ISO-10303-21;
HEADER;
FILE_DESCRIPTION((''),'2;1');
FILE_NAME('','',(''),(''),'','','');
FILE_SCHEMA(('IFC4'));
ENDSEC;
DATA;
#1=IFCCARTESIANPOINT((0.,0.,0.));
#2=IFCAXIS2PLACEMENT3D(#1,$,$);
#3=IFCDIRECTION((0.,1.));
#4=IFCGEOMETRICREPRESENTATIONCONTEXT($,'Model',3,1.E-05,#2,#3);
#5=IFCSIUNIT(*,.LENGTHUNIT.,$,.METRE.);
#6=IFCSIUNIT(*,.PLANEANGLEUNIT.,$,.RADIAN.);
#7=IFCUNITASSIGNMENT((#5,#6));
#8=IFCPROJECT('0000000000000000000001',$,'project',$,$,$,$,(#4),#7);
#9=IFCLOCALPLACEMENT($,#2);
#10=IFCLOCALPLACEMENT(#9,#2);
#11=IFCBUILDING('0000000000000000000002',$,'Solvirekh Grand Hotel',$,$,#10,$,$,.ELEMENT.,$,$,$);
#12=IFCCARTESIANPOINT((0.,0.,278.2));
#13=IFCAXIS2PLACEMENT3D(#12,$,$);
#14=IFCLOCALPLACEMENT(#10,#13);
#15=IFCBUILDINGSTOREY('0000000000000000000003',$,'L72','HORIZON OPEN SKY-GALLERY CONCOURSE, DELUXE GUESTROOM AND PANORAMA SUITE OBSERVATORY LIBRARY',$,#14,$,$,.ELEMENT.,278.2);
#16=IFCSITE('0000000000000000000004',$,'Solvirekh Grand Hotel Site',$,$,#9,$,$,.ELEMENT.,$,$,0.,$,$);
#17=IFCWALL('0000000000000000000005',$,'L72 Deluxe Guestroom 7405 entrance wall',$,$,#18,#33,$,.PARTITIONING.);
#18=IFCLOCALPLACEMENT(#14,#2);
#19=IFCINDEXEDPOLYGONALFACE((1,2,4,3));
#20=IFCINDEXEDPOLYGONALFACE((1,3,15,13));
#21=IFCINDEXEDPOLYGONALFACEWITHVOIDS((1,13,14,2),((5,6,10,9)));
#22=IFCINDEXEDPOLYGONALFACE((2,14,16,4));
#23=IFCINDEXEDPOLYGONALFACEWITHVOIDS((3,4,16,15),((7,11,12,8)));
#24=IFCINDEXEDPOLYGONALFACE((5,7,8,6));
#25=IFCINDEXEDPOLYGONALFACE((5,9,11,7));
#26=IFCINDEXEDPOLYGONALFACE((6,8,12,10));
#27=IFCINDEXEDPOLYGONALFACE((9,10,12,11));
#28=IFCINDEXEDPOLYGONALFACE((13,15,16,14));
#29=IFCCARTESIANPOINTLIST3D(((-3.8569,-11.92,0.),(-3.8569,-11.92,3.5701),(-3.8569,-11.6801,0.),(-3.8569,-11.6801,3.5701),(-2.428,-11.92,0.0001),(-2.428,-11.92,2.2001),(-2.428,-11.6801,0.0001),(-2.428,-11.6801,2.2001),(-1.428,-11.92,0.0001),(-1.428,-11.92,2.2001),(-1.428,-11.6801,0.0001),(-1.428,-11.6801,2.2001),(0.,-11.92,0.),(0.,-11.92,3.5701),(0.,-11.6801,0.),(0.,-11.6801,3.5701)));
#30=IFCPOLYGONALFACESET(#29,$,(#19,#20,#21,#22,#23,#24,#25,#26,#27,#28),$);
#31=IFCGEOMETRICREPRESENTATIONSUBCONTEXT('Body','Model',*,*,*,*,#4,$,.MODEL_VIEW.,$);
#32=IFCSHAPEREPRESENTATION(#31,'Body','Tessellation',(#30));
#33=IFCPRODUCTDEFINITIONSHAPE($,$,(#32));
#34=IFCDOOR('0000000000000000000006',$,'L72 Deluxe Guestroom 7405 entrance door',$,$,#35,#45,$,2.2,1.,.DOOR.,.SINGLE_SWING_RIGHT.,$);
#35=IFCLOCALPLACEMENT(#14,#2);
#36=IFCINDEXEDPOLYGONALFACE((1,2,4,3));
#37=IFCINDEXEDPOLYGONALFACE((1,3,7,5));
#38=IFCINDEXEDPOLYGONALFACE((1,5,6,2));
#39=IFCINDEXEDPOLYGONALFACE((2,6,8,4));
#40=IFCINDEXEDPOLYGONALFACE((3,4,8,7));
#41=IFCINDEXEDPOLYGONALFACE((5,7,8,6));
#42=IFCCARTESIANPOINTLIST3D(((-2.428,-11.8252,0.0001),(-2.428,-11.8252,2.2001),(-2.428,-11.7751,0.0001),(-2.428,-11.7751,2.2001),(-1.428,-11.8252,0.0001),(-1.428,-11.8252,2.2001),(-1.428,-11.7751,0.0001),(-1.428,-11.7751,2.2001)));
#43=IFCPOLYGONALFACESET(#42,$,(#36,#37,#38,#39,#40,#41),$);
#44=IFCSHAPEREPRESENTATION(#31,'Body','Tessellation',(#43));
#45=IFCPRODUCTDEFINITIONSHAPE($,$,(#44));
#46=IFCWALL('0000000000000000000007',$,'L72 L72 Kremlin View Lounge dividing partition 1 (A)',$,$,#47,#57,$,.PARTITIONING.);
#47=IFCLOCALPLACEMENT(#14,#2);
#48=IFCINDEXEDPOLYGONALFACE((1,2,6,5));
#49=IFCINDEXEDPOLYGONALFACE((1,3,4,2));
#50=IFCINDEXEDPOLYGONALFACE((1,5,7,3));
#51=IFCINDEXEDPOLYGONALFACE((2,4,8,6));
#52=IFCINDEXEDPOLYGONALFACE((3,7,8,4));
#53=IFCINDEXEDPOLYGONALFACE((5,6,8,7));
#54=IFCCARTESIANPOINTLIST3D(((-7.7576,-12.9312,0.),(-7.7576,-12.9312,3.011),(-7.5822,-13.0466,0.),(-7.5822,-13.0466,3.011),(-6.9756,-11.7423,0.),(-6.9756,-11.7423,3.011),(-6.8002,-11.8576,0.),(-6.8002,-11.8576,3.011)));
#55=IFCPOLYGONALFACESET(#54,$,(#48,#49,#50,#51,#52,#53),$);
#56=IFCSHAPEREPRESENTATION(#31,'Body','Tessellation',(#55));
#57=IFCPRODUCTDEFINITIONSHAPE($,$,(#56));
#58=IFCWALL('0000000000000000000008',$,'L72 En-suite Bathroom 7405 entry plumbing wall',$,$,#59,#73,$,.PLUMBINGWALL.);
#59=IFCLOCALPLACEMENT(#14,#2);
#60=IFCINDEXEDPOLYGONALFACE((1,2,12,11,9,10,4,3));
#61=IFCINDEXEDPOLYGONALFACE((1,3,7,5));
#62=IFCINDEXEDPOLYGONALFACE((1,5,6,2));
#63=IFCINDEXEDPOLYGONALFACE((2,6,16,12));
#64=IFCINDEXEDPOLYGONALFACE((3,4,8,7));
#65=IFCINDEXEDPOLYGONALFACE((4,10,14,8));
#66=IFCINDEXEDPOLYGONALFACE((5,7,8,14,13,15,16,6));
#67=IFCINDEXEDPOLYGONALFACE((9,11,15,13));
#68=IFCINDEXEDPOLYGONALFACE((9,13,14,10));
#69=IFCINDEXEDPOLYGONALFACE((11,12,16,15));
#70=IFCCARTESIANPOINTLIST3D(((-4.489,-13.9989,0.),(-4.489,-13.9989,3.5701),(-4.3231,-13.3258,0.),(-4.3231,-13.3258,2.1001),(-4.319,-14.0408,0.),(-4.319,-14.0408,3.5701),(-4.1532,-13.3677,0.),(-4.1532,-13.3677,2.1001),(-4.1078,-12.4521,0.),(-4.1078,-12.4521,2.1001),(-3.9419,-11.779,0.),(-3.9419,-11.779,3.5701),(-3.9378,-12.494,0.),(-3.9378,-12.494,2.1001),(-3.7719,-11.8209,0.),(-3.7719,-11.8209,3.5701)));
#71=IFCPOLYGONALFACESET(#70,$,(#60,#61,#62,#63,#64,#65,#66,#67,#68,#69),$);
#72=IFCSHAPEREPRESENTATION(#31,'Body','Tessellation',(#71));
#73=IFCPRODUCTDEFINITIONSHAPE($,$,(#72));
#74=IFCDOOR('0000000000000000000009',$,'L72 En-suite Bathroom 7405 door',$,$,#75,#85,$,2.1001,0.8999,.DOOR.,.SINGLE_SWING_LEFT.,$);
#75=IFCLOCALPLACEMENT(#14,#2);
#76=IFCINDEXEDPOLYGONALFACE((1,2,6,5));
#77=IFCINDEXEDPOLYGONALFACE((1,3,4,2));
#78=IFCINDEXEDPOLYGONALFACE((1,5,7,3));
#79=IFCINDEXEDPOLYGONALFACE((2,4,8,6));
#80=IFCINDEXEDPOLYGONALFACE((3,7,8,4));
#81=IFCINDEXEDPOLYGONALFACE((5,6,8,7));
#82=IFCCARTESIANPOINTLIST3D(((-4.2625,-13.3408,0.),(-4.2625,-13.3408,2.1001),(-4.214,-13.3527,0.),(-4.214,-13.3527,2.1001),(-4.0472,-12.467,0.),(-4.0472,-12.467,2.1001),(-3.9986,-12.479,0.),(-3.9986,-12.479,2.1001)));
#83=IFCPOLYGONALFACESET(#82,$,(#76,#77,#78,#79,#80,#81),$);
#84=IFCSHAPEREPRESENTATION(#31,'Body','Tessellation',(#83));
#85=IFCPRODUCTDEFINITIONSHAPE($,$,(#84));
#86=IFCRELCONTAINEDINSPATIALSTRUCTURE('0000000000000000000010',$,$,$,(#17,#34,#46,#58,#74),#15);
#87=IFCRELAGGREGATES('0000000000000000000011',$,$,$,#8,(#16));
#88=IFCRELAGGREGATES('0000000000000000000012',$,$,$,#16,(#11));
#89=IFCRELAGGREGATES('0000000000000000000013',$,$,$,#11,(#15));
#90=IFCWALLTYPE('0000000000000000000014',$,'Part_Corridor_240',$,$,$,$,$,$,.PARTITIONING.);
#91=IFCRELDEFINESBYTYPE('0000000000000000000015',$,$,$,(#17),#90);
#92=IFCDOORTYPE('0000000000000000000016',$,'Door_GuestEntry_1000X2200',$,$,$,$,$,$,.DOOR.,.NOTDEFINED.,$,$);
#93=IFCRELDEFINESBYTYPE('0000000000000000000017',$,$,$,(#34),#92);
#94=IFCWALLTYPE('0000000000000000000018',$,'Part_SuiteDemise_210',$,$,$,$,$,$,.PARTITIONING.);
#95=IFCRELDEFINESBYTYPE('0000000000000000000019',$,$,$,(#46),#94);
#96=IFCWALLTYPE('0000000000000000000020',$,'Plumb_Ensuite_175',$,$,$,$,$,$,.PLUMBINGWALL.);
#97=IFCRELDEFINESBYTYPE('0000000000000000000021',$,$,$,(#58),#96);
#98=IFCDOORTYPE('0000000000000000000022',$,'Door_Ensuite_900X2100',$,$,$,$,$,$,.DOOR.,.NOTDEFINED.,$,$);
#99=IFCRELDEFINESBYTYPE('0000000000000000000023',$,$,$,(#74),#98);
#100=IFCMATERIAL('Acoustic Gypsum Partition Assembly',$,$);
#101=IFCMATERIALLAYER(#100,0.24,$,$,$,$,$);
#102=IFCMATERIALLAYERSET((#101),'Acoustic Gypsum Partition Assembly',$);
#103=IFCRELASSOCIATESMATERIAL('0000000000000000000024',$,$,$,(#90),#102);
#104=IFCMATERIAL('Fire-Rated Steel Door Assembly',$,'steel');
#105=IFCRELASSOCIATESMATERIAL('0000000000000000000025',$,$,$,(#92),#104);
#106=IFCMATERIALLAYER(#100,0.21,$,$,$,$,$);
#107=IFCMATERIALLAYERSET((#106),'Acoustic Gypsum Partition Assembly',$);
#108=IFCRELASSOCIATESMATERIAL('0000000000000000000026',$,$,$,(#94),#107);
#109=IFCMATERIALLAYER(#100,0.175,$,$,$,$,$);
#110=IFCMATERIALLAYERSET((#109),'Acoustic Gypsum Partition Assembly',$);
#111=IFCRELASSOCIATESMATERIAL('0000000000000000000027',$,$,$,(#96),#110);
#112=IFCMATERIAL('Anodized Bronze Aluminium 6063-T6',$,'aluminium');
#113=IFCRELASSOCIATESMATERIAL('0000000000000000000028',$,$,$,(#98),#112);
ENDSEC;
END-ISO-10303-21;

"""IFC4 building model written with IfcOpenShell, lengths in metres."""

from ifc_helpers import new_model, si_unit, direction, frame, frame_2d, origin, place, context, subcontext, project, spatial, rectangle, extrude, material, layer, layer_set, type_object, element, fill, save


model = new_model("IFC4")

# Units and contexts
model_context = context("Model", 3, precision=1e-05, world=origin(), true_north=direction((0.0, 1.0)))
body_context = subcontext(model_context, "Body", "Model", "MODEL_VIEW")
ifc_project = project(units=[si_unit("LENGTHUNIT", "METRE"), si_unit("PLANEANGLEUNIT", "RADIAN")], contexts=[model_context])

# Site, building, storey
site_placement = place(None, origin())
site = spatial("IfcSite", under=ifc_project, at=site_placement, Name="Solvirekh Grand Hotel Site", CompositionType="ELEMENT", RefElevation=0.0)
building_placement = place(site_placement, origin())
building = spatial("IfcBuilding", under=site, at=building_placement, Name="Solvirekh Grand Hotel", CompositionType="ELEMENT")
storey_placement = place(building_placement, frame((0.0, 0.0, 278.2)))
storey = spatial("IfcBuildingStorey", under=building, at=storey_placement, Name="L72", Description="HORIZON OPEN SKY-GALLERY CONCOURSE, DELUXE GUESTROOM AND PANORAMA SUITE OBSERVATORY LIBRARY", CompositionType="ELEMENT", Elevation=278.2)

# Shared definitions
ifc_material_1 = material(Name="Anodized Bronze Aluminium 6063-T6", Category="aluminium")

# Shared definitions
ifc_material_2 = material(Name="Acoustic Gypsum Partition Assembly")

# Shared definitions
ifc_layer_1 = layer(ifc_material_2, 0.24)
ifc_layer_set_1 = layer_set([ifc_layer_1], Name="Acoustic Gypsum Partition Assembly")
wall_type_1 = type_object("IfcWallType", Name="Part_Corridor_240", PredefinedType="PARTITIONING", material=ifc_layer_set_1)

# Wall, opening, door
wall_1_placement = place(storey_placement, frame((-3.8569, -11.8, 0.0), z_axis=(0.0, 0.0, 1.0), x_axis=(1.0, 0.0, 0.0)))
wall_1 = element("IfcWall", 1, at=wall_1_placement, inside=storey, type_object=wall_type_1, Name="L72 Deluxe Guestroom 7405 entrance wall", PredefinedType="PARTITIONING", context=body_context, shape_type="SweptSolid", body=[
    extrude(rectangle(XDim=3.8569, YDim=0.24, at=frame_2d((1.9285, 0.0))), origin(), (0.0, 0.0, 1.0), 3.5701),
])
opening_1_placement = place(wall_1_placement, frame((1.429, 0.0, 0.0)))
opening_1 = element("IfcOpeningElement", 2, at=opening_1_placement, cuts=wall_1, PredefinedType="OPENING", context=body_context, shape_type="SweptSolid", body=[
    extrude(rectangle(XDim=1.0, YDim=2.2, at=frame_2d((0.5, 1.1001))), frame((0.0, 0.1299, 0.0), z_axis=(0.0, -1.0, 0.0), x_axis=(1.0, 0.0, 0.0)), (0.0, 0.0, 1.0), 0.26),
])
ifc_material_3 = material(Name="Fire-Rated Steel Door Assembly", Category="steel")
door_type_1 = type_object("IfcDoorType", Name="Door_GuestEntry_1000X2200", OperationType="NOTDEFINED", PredefinedType="DOOR", material=ifc_material_3)
door_1_placement = place(opening_1_placement, origin())
door_1 = element("IfcDoor", 3, at=door_1_placement, inside=storey, type_object=door_type_1, Name="L72 Deluxe Guestroom 7405 entrance door", OperationType="SINGLE_SWING_RIGHT", OverallHeight=2.2, OverallWidth=1.0, PredefinedType="DOOR", context=body_context, shape_type="SweptSolid", body=[
    extrude(rectangle(XDim=1.0, YDim=2.2, at=frame_2d((0.5, 1.1001))), frame((0.0, 0.0249, 0.0), z_axis=(0.0, -1.0, 0.0), x_axis=(1.0, 0.0, 0.0)), (0.0, 0.0, 1.0), 0.05),
])
fill(opening_1, door_1)

# Wall
ifc_layer_2 = layer(ifc_material_2, 0.21)
ifc_layer_set_2 = layer_set([ifc_layer_2], Name="Acoustic Gypsum Partition Assembly")
wall_type_2 = type_object("IfcWallType", Name="Part_SuiteDemise_210", PredefinedType="PARTITIONING", material=ifc_layer_set_2)
wall_2_placement = place(storey_placement, frame((-6.8879, -11.8, 0.0), z_axis=(0.0, 0.0, 1.0), x_axis=(-0.549503, -0.835492, 0.0)))
element("IfcWall", 4, at=wall_2_placement, inside=storey, type_object=wall_type_2, Name="L72 L72 Kremlin View Lounge dividing partition 1 (A)", PredefinedType="PARTITIONING", context=body_context, shape_type="SweptSolid", body=[
    extrude(rectangle(XDim=1.4231, YDim=0.21, at=frame_2d((0.7114, 0.0))), origin(), (0.0, 0.0, 1.0), 3.011),
])

# Wall, opening, door
ifc_layer_3 = layer(ifc_material_2, 0.175)
ifc_layer_set_3 = layer_set([ifc_layer_3], Name="Acoustic Gypsum Partition Assembly")
wall_type_3 = type_object("IfcWallType", Name="Plumb_Ensuite_175", PredefinedType="PLUMBINGWALL", material=ifc_layer_set_3)
wall_3_placement = place(storey_placement, frame((-3.8569, -11.8, 0.0), z_axis=(0.0, 0.0, 1.0), x_axis=(-0.239293, -0.970947, 0.0)))
wall_3 = element("IfcWall", 5, at=wall_3_placement, inside=storey, type_object=wall_type_3, Name="L72 En-suite Bathroom 7405 entry plumbing wall", PredefinedType="PLUMBINGWALL", context=body_context, shape_type="SweptSolid", body=[
    extrude(rectangle(XDim=2.2864, YDim=0.175, at=frame_2d((1.1431, 0.0))), origin(), (0.0, 0.0, 1.0), 3.5701),
])
opening_2_placement = place(wall_3_placement, frame((0.6931, 0.0, 0.0)))
opening_2 = element("IfcOpeningElement", 6, at=opening_2_placement, cuts=wall_3, PredefinedType="OPENING", context=body_context, shape_type="SweptSolid", body=[
    extrude(rectangle(XDim=0.8999, YDim=2.1001, at=frame_2d((0.45, 1.05))), frame((0.0, 0.0977, 0.0), z_axis=(0.0, -1.0, 0.0), x_axis=(1.0, 0.0, 0.0)), (0.0, 0.0, 1.0), 0.1951),
])
door_type_2 = type_object("IfcDoorType", Name="Door_Ensuite_900X2100", OperationType="NOTDEFINED", PredefinedType="DOOR", material=ifc_material_1)
door_2_placement = place(opening_2_placement, origin())
door_2 = element("IfcDoor", 7, at=door_2_placement, inside=storey, type_object=door_type_2, Name="L72 En-suite Bathroom 7405 door", OperationType="SINGLE_SWING_LEFT", OverallHeight=2.1001, OverallWidth=0.8999, PredefinedType="DOOR", context=body_context, shape_type="SweptSolid", body=[
    extrude(rectangle(XDim=0.8999, YDim=2.1001, at=frame_2d((0.45, 1.05))), frame((0.0, 0.0249, 0.0), z_axis=(0.0, -1.0, 0.0), x_axis=(1.0, 0.0, 0.0)), (0.0, 0.0, 1.0), 0.05),
])
fill(opening_2, door_2)

save(model, "model.ifc")
